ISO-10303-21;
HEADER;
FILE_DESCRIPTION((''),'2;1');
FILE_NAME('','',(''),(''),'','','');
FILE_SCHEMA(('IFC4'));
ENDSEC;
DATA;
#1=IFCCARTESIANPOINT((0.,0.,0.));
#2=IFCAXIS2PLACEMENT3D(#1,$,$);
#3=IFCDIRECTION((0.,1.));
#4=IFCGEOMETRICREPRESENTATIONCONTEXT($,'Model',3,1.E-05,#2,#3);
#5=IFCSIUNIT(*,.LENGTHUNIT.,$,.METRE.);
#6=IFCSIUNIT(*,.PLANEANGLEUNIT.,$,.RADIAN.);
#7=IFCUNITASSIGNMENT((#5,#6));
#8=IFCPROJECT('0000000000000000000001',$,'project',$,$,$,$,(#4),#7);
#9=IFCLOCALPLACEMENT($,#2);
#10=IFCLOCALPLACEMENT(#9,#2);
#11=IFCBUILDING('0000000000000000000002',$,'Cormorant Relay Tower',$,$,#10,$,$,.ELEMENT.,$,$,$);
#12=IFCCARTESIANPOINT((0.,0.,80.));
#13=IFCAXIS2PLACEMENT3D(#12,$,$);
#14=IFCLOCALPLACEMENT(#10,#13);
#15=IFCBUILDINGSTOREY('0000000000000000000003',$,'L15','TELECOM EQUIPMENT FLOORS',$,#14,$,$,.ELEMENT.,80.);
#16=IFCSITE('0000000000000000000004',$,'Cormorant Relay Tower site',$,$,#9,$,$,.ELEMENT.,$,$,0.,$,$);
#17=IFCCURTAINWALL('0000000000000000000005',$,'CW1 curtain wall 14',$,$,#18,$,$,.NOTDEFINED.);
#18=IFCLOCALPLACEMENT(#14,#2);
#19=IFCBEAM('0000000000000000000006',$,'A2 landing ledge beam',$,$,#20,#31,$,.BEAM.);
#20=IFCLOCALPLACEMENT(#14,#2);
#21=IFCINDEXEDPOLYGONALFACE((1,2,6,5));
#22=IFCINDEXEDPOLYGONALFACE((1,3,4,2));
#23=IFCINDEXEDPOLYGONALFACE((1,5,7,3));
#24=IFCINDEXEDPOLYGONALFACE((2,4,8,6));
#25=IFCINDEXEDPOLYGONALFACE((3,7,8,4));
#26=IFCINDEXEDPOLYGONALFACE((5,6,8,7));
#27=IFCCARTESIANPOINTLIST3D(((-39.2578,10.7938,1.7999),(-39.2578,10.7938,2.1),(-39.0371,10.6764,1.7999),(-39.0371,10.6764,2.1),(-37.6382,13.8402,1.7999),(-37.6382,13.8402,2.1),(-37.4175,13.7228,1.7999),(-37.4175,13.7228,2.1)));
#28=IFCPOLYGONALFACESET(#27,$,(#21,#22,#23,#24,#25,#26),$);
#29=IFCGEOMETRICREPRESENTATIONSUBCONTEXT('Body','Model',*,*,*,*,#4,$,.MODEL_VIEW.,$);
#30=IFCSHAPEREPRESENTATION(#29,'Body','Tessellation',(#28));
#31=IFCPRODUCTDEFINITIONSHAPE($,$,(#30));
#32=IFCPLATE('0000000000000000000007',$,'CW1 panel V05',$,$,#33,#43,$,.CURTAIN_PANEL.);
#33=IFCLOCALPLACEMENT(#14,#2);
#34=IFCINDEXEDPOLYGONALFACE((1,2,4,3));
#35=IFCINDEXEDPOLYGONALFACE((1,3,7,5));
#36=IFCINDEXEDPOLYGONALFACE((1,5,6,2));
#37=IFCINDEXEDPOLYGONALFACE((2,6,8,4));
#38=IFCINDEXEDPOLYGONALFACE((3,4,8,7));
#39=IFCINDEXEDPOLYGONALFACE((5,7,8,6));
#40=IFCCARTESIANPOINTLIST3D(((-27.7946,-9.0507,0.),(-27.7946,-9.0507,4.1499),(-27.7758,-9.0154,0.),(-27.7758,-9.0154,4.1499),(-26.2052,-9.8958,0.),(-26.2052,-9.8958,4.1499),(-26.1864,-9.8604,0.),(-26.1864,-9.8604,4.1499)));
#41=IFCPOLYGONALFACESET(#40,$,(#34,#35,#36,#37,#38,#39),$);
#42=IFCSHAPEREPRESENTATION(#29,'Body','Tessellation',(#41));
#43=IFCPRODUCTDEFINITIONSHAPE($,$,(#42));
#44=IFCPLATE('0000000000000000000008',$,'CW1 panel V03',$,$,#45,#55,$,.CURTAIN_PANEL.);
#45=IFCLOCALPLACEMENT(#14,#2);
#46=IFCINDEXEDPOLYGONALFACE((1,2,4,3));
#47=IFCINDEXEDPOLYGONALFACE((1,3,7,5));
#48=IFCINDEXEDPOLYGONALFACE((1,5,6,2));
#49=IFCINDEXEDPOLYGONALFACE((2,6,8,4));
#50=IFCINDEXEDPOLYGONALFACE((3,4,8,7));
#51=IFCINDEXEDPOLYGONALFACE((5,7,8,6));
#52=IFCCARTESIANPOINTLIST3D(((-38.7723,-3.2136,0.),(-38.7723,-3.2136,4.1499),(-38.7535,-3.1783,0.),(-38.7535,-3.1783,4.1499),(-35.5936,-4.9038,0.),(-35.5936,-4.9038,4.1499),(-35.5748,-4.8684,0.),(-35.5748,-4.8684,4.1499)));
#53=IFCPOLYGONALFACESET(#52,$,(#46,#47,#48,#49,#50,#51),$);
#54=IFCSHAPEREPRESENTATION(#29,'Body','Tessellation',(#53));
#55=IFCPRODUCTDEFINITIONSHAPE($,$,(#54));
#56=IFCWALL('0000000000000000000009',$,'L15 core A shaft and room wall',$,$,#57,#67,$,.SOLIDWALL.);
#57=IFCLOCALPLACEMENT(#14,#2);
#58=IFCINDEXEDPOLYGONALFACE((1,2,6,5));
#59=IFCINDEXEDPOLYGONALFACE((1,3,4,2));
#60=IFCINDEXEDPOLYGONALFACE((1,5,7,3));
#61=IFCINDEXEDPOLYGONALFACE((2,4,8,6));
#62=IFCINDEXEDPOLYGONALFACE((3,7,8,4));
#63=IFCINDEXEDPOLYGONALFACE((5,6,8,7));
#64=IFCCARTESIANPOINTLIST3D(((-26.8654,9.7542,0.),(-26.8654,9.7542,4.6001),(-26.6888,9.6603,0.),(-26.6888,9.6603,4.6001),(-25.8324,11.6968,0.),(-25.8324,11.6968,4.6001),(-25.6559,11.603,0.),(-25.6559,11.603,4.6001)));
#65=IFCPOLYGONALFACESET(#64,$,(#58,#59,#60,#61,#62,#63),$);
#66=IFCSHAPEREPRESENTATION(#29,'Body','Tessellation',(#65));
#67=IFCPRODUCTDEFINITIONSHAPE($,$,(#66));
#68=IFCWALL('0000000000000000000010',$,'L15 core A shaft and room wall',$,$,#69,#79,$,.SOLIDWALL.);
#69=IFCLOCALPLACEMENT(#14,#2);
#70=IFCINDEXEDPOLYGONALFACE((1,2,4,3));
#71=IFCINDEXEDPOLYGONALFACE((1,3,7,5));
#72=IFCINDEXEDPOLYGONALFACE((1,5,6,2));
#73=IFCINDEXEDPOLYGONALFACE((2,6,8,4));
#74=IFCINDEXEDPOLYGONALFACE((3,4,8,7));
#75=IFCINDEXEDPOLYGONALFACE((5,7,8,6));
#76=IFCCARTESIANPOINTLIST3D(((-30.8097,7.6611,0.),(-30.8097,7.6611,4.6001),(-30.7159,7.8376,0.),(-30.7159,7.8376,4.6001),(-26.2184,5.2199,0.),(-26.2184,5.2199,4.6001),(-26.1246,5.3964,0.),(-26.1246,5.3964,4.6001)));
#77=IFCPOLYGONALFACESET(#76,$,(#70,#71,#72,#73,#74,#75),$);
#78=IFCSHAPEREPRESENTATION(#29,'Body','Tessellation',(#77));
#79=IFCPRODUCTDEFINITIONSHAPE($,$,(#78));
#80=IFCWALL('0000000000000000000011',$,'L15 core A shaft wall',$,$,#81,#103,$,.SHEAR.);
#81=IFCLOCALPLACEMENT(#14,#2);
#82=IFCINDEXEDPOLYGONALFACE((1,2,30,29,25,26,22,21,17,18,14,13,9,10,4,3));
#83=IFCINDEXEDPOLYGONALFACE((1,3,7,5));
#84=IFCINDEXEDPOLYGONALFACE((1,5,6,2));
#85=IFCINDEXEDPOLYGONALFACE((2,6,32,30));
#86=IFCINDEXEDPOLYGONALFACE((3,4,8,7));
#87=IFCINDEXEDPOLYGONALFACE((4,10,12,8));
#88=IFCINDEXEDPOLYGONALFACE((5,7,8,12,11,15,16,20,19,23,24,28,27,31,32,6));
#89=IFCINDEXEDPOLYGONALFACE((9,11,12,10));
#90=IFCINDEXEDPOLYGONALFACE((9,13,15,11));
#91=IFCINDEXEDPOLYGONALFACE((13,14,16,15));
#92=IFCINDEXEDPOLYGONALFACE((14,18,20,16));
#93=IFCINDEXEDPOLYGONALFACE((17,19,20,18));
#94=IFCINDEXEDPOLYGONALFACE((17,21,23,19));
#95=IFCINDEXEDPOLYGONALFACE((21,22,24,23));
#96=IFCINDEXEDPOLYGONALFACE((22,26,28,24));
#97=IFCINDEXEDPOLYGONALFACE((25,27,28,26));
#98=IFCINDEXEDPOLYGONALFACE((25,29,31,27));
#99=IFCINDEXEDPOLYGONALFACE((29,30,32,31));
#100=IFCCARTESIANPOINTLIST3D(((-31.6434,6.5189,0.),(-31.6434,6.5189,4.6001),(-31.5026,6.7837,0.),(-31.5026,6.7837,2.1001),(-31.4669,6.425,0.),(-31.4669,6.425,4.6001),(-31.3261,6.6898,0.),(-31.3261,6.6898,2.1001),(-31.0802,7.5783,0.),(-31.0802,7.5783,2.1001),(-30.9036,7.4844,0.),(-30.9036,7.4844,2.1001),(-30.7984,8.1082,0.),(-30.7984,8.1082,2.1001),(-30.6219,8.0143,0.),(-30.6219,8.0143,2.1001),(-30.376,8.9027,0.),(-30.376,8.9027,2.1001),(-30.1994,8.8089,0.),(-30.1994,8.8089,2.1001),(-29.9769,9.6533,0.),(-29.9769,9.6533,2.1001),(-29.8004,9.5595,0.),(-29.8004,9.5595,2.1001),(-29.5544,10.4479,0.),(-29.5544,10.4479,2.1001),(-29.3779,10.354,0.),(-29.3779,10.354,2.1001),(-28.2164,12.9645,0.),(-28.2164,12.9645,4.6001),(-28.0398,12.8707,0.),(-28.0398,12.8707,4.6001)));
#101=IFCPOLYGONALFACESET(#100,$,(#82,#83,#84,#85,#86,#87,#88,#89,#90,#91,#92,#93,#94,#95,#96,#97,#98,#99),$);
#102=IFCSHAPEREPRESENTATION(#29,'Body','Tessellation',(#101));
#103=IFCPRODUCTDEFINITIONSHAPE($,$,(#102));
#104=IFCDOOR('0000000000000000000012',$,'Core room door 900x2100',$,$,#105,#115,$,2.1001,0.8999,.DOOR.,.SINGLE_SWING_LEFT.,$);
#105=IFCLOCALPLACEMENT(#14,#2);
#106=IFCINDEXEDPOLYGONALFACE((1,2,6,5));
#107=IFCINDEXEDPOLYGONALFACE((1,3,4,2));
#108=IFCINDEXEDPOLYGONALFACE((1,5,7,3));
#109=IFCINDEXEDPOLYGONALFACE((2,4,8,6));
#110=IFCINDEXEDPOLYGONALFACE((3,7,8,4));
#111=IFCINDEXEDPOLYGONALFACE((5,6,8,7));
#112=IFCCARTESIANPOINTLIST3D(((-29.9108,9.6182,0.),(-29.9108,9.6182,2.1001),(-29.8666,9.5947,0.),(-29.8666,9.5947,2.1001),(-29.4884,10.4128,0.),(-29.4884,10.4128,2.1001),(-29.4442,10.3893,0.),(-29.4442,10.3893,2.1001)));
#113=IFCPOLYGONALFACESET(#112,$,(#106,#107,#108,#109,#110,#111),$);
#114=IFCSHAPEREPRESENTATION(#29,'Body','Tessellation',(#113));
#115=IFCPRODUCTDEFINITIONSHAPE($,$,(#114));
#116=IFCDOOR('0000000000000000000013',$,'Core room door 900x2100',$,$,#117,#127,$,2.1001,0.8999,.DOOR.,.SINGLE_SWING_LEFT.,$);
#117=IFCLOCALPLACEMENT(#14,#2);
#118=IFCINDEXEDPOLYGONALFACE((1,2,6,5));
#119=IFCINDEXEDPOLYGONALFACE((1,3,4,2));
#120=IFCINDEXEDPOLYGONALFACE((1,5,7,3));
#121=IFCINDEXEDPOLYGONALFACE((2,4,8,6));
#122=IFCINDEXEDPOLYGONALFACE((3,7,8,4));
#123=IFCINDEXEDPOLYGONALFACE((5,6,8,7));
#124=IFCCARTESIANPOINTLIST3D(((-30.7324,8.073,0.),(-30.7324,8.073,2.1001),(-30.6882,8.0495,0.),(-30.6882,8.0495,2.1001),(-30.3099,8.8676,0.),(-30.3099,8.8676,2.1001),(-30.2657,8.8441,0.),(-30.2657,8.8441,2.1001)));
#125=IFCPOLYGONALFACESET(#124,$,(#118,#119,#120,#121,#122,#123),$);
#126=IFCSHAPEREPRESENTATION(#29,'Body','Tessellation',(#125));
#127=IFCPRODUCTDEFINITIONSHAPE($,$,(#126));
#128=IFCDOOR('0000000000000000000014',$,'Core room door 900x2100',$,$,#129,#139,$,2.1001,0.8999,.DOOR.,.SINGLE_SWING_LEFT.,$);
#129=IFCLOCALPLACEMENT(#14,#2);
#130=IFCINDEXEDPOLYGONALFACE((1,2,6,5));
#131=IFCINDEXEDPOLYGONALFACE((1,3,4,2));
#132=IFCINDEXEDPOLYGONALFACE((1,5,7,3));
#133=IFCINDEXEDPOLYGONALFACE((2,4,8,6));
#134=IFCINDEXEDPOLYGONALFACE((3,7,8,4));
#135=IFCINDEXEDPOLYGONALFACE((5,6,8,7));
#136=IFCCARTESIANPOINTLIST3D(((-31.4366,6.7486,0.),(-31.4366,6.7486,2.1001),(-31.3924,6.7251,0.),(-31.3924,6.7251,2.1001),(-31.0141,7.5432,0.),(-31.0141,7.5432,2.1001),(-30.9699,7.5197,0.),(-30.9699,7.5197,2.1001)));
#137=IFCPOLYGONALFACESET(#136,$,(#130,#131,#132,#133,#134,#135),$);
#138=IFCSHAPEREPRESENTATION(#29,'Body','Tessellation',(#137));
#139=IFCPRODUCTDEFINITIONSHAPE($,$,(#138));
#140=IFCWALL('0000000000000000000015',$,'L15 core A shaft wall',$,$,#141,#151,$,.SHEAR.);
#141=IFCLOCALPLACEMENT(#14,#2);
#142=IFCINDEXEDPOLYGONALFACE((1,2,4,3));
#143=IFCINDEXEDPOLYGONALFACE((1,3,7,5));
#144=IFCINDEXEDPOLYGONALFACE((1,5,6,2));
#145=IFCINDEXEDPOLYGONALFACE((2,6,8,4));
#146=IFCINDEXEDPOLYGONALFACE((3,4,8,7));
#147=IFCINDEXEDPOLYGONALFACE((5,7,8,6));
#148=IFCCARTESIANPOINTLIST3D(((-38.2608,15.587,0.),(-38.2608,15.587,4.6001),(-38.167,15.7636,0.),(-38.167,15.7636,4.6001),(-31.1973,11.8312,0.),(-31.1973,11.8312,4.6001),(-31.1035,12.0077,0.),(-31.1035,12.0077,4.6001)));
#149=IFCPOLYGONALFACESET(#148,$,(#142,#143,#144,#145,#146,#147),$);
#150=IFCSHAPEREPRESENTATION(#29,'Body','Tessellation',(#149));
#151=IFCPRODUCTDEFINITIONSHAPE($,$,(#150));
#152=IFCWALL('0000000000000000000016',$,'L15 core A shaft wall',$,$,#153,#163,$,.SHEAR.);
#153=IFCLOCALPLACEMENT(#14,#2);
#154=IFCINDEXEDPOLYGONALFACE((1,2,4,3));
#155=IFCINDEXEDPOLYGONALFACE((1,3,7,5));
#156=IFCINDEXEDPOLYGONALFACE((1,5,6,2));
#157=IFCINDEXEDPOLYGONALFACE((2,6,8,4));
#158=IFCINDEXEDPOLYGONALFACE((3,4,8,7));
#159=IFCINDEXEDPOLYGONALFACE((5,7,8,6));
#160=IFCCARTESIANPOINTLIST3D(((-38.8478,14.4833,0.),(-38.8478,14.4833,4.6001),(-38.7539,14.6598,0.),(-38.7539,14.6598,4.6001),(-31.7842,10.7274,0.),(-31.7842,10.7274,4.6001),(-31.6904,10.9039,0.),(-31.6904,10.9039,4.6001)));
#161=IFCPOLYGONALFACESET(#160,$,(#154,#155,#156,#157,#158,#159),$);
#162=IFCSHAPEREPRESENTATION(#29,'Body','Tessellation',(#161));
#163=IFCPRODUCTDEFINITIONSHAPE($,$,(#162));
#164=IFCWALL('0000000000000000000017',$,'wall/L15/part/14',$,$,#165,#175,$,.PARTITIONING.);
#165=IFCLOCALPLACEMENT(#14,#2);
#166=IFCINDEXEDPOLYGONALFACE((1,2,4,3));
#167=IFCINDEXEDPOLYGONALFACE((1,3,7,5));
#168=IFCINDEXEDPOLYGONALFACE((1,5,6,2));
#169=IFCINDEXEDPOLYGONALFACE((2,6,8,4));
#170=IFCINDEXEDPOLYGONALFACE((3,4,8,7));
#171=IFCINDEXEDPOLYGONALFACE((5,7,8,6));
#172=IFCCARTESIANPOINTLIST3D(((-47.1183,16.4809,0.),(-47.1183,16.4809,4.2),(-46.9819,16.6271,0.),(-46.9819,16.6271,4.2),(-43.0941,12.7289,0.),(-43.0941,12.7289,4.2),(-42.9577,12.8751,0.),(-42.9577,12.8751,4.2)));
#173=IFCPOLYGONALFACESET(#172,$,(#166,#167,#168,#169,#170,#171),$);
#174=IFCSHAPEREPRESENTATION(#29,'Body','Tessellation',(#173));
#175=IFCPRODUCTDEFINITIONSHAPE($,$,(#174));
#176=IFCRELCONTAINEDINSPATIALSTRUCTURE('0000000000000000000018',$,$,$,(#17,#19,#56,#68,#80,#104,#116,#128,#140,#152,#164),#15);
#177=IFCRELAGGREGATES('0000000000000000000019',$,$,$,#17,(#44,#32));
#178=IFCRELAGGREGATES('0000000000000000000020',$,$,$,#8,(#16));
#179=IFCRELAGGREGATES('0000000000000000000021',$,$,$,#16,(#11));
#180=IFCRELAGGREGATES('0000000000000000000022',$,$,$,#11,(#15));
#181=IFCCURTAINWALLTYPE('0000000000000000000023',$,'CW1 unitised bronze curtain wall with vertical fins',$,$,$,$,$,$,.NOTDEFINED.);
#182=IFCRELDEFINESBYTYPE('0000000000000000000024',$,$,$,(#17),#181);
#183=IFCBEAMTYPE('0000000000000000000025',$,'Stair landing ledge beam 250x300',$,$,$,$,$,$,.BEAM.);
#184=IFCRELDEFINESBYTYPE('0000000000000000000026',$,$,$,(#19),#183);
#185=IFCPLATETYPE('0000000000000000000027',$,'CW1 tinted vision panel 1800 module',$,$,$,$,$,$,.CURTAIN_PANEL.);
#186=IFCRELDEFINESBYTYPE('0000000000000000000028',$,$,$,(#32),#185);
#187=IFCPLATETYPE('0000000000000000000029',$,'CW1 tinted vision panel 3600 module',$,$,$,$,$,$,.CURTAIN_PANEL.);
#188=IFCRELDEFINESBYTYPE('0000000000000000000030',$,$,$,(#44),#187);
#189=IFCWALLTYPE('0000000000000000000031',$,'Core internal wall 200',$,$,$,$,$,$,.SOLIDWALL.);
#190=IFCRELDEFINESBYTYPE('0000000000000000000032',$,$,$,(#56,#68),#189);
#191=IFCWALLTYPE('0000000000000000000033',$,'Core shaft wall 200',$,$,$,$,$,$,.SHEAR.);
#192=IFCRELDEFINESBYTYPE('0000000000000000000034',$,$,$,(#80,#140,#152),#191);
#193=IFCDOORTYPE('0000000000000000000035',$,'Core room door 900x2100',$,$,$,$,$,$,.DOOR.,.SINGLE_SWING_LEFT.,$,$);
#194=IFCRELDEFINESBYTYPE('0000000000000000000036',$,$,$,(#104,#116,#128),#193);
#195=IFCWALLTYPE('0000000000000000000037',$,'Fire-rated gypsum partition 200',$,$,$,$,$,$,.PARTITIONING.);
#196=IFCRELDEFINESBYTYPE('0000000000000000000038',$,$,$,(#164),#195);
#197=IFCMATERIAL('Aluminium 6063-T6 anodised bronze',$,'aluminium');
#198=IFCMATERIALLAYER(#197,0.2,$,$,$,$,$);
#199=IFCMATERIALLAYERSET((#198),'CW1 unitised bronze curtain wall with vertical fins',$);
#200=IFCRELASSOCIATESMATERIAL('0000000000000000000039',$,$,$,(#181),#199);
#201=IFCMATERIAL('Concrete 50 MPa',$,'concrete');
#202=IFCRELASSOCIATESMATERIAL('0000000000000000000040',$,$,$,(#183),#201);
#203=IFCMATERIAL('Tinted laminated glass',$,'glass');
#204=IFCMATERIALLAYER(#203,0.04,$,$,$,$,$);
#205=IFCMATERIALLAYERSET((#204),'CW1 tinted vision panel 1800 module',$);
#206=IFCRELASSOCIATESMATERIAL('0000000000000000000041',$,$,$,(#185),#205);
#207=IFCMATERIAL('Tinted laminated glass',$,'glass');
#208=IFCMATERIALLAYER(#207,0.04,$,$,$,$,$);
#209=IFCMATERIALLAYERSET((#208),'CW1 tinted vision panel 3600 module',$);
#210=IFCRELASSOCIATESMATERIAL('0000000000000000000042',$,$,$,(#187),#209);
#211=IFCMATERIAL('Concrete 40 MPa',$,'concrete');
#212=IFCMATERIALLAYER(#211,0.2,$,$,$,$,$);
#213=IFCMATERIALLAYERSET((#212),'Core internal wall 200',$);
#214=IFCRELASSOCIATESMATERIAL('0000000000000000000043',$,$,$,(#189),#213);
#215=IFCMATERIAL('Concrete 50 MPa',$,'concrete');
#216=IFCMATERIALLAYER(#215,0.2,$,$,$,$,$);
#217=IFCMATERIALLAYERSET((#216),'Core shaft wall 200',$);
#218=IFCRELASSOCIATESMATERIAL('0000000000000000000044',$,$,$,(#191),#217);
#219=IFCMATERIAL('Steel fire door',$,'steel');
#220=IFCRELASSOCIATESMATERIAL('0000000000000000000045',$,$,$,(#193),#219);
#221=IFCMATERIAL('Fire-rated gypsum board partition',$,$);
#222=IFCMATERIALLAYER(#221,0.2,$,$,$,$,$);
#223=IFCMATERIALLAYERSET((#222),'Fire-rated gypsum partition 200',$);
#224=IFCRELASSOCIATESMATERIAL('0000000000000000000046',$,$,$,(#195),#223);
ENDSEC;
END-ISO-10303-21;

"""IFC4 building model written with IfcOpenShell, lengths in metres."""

from ifc_helpers import new_model, si_unit, direction, frame, frame_2d, origin, origin_2d, place, context, subcontext, project, spatial, rectangle, extrude, material, layer, layer_set, material_profile, profile_set, type_object, element, fill, aggregate, save


model = new_model("IFC4")

# Units and contexts
model_context = context("Model", 3, precision=1e-05, world=origin(), true_north=direction((0.0, 1.0)))
body_context = subcontext(model_context, "Body", "Model", "MODEL_VIEW")
ifc_project = project(units=[si_unit("LENGTHUNIT", "METRE"), si_unit("PLANEANGLEUNIT", "RADIAN")], contexts=[model_context])

# Site, building, storey
site_placement = place(None, origin())
site = spatial("IfcSite", under=ifc_project, at=site_placement, Name="Cormorant Relay Tower site", CompositionType="ELEMENT", RefElevation=0.0)
building_placement = place(site_placement, origin())
building = spatial("IfcBuilding", under=site, at=building_placement, Name="Cormorant Relay Tower", CompositionType="ELEMENT")
storey_placement = place(building_placement, frame((0.0, 0.0, 80.0)))
storey = spatial("IfcBuildingStorey", under=building, at=storey_placement, Name="L15", Description="TELECOM EQUIPMENT FLOORS", CompositionType="ELEMENT", Elevation=80.0)

# Curtain wall
ifc_material_1 = material(Name="Aluminium 6063-T6 anodised bronze", Category="aluminium")
ifc_layer_1 = layer(ifc_material_1, 0.2)
ifc_layer_set_1 = layer_set([ifc_layer_1], Name="CW1 unitised bronze curtain wall with vertical fins")
curtain_wall_type = type_object("IfcCurtainWallType", Name="CW1 unitised bronze curtain wall with vertical fins", PredefinedType="NOTDEFINED", material=ifc_layer_set_1)
curtain_wall_placement = place(storey_placement, origin())
curtain_wall = element("IfcCurtainWall", 1, at=curtain_wall_placement, inside=storey, type_object=curtain_wall_type, Name="CW1 curtain wall 14", PredefinedType="NOTDEFINED")

# Beam
ifc_material_2 = material(Name="Concrete 50 MPa", Category="concrete")
ifc_material_profile_1 = material_profile(ifc_material_2, rectangle(XDim=0.25, YDim=0.3, at=origin_2d()), Name="RC 250x300")
ifc_profile_set_1 = profile_set([ifc_material_profile_1], Name="Concrete 50 MPa")
beam_type_1 = type_object("IfcBeamType", Name="Stair landing ledge beam 250x300", PredefinedType="BEAM", material=ifc_profile_set_1)
beam_1_placement = place(storey_placement, frame((-37.5278, 13.7815, 1.95), z_axis=(-0.469435, -0.882967, 0.0), x_axis=(0.882967, -0.469435, 0.0)))
element("IfcBeam", 2, at=beam_1_placement, inside=storey, type_object=beam_type_1, Name="A2 landing ledge beam", PredefinedType="BEAM", context=body_context, shape_type="SweptSolid", body=[
    extrude(rectangle(XDim=0.25, YDim=0.3, at=origin_2d()), origin(), (0.0, 0.0, 1.0), 3.4502),
])

# Plates
ifc_material_3 = material(Name="Tinted laminated glass", Category="glass")
ifc_layer_2 = layer(ifc_material_3, 0.04)
ifc_layer_set_2 = layer_set([ifc_layer_2], Name="CW1 tinted vision panel 1800 module")
plate_type_1 = type_object("IfcPlateType", Name="CW1 tinted vision panel 1800 module", PredefinedType="CURTAIN_PANEL", material=ifc_layer_set_2)
plate_1_placement = place(storey_placement, frame((-26.9905, -9.4556, 0.0), z_axis=(0.0, 0.0, 1.0), x_axis=(0.882948, -0.469472, 0.0)))
plate_1 = element("IfcPlate", 3, at=plate_1_placement, type_object=plate_type_1, Name="CW1 panel V05", PredefinedType="CURTAIN_PANEL", context=body_context, shape_type="SweptSolid", body=[
    extrude(rectangle(XDim=1.8, YDim=0.04, at=origin_2d()), origin(), (0.0, 0.0, 1.0), 4.1499),
])
ifc_material_4 = material(Name="Tinted laminated glass", Category="glass")
ifc_layer_3 = layer(ifc_material_4, 0.04)
ifc_layer_set_3 = layer_set([ifc_layer_3], Name="CW1 tinted vision panel 3600 module")
plate_type_2 = type_object("IfcPlateType", Name="CW1 tinted vision panel 3600 module", PredefinedType="CURTAIN_PANEL", material=ifc_layer_set_3)
plate_2_placement = place(storey_placement, frame((-37.1736, -4.041, 0.0), z_axis=(0.0, 0.0, 1.0), x_axis=(0.882948, -0.469472, 0.0)))
plate_2 = element("IfcPlate", 4, at=plate_2_placement, type_object=plate_type_2, Name="CW1 panel V03", PredefinedType="CURTAIN_PANEL", context=body_context, shape_type="SweptSolid", body=[
    extrude(rectangle(XDim=3.6001, YDim=0.04, at=origin_2d()), origin(), (0.0, 0.0, 1.0), 4.1499),
])

# Walls
ifc_material_5 = material(Name="Concrete 40 MPa", Category="concrete")
ifc_layer_4 = layer(ifc_material_5, 0.2)
ifc_layer_set_4 = layer_set([ifc_layer_4], Name="Core internal wall 200")
wall_type_1 = type_object("IfcWallType", Name="Core internal wall 200", PredefinedType="SOLIDWALL", material=ifc_layer_set_4)
wall_1_placement = place(storey_placement, frame((-25.7441, 11.6499, 0.0), z_axis=(0.0, 0.0, 1.0), x_axis=(-0.469488, -0.882939, 0.0)))
element("IfcWall", 5, at=wall_1_placement, inside=storey, type_object=wall_type_1, Name="L15 core A shaft and room wall", PredefinedType="SOLIDWALL", context=body_context, shape_type="SweptSolid", body=[
    extrude(rectangle(XDim=2.2002, YDim=0.2, at=frame_2d((1.1001, 0.0))), origin(), (0.0, 0.0, 1.0), 4.6001),
])
wall_2_placement = place(storey_placement, frame((-26.1714, 5.3081, 0.0), z_axis=(0.0, 0.0, 1.0), x_axis=(-0.882954, 0.46946, 0.0)))
element("IfcWall", 6, at=wall_2_placement, inside=storey, type_object=wall_type_1, Name="L15 core A shaft and room wall", PredefinedType="SOLIDWALL", context=body_context, shape_type="SweptSolid", body=[
    extrude(rectangle(XDim=5.2, YDim=0.2, at=frame_2d((2.6001, 0.0))), origin(), (0.0, 0.0, 1.0), 4.6001),
])

# Wall, openings, doors
ifc_material_6 = material(Name="Concrete 50 MPa", Category="concrete")
ifc_layer_5 = layer(ifc_material_6, 0.2)
ifc_layer_set_5 = layer_set([ifc_layer_5], Name="Core shaft wall 200")
wall_type_2 = type_object("IfcWallType", Name="Core shaft wall 200", PredefinedType="SHEAR", material=ifc_layer_set_5)
wall_3_placement = place(storey_placement, frame((-28.1282, 12.9175, 0.0), z_axis=(0.0, 0.0, 1.0), x_axis=(-0.469454, -0.882957, 0.0)))
wall_3 = element("IfcWall", 7, at=wall_3_placement, inside=storey, type_object=wall_type_2, Name="L15 core A shaft wall", PredefinedType="SHEAR", context=body_context, shape_type="SweptSolid", body=[
    extrude(rectangle(XDim=7.3, YDim=0.2, at=frame_2d((3.6499, 0.0))), origin(), (0.0, 0.0, 1.0), 4.6001),
])
opening_1_placement = place(wall_3_placement, frame((2.8501, 0.0, 0.0)))
opening_1 = element("IfcOpeningElement", 8, at=opening_1_placement, cuts=wall_3, PredefinedType="OPENING", context=body_context, shape_type="SweptSolid", body=[
    extrude(rectangle(XDim=0.8999, YDim=2.1001, at=frame_2d((0.45, 1.05))), frame((0.0, 0.1099, 0.0), z_axis=(0.0, -1.0, 0.0), x_axis=(1.0, 0.0, 0.0)), (0.0, 0.0, 1.0), 0.22),
])
opening_2_placement = place(wall_3_placement, frame((4.6001, 0.0, 0.0)))
opening_2 = element("IfcOpeningElement", 9, at=opening_2_placement, cuts=wall_3, PredefinedType="OPENING", context=body_context, shape_type="SweptSolid", body=[
    extrude(rectangle(XDim=0.8999, YDim=2.1001, at=frame_2d((0.45, 1.05))), frame((0.0, 0.1099, 0.0), z_axis=(0.0, -1.0, 0.0), x_axis=(1.0, 0.0, 0.0)), (0.0, 0.0, 1.0), 0.22),
])
opening_3_placement = place(wall_3_placement, frame((6.1001, 0.0, 0.0)))
opening_3 = element("IfcOpeningElement", 10, at=opening_3_placement, cuts=wall_3, PredefinedType="OPENING", context=body_context, shape_type="SweptSolid", body=[
    extrude(rectangle(XDim=0.8999, YDim=2.1001, at=frame_2d((0.45, 1.05))), frame((0.0, 0.1099, 0.0), z_axis=(0.0, -1.0, 0.0), x_axis=(1.0, 0.0, 0.0)), (0.0, 0.0, 1.0), 0.22),
])
ifc_material_7 = material(Name="Steel fire door", Category="steel")
door_type = type_object("IfcDoorType", Name="Core room door 900x2100", OperationType="SINGLE_SWING_LEFT", PredefinedType="DOOR", material=ifc_material_7)
door_1_placement = place(opening_1_placement, origin())
door_1 = element("IfcDoor", 11, at=door_1_placement, inside=storey, type_object=door_type, Name="Core room door 900x2100", OperationType="SINGLE_SWING_LEFT", OverallHeight=2.1001, OverallWidth=0.8999, PredefinedType="DOOR", context=body_context, shape_type="SweptSolid", body=[
    extrude(rectangle(XDim=0.8999, YDim=2.1001, at=frame_2d((0.45, 1.05))), frame((0.0, 0.0249, 0.0), z_axis=(0.0, -1.0, 0.0), x_axis=(1.0, 0.0, 0.0)), (0.0, 0.0, 1.0), 0.05),
])
fill(opening_1, door_1)
door_2_placement = place(opening_2_placement, origin())
door_2 = element("IfcDoor", 12, at=door_2_placement, inside=storey, type_object=door_type, Name="Core room door 900x2100", OperationType="SINGLE_SWING_LEFT", OverallHeight=2.1001, OverallWidth=0.8999, PredefinedType="DOOR", context=body_context, shape_type="SweptSolid", body=[
    extrude(rectangle(XDim=0.8999, YDim=2.1001, at=frame_2d((0.45, 1.05))), frame((0.0, 0.0249, 0.0), z_axis=(0.0, -1.0, 0.0), x_axis=(1.0, 0.0, 0.0)), (0.0, 0.0, 1.0), 0.05),
])
fill(opening_2, door_2)
door_3_placement = place(opening_3_placement, origin())
door_3 = element("IfcDoor", 13, at=door_3_placement, inside=storey, type_object=door_type, Name="Core room door 900x2100", OperationType="SINGLE_SWING_LEFT", OverallHeight=2.1001, OverallWidth=0.8999, PredefinedType="DOOR", context=body_context, shape_type="SweptSolid", body=[
    extrude(rectangle(XDim=0.8999, YDim=2.1001, at=frame_2d((0.45, 1.05))), frame((0.0, 0.0249, 0.0), z_axis=(0.0, -1.0, 0.0), x_axis=(1.0, 0.0, 0.0)), (0.0, 0.0, 1.0), 0.05),
])
fill(opening_3, door_3)

# Walls
for number, where, z_axis, x_axis, name in (
    (14, (-31.1504, 11.9194, 0.0), (0.0, 0.0, 1.0), (-0.88294, 0.469485, 0.0), "L15 core A shaft wall"),
    (15, (-31.7373, 10.8157, 0.0), (0.0, 0.0, 1.0), (-0.88294, 0.469485, 0.0), "L15 core A shaft wall"),
):
    element("IfcWall", number, at=place(storey_placement, frame(where, z_axis=z_axis, x_axis=x_axis)), inside=storey, type_object=wall_type_2, Name=name, PredefinedType="SHEAR", context=body_context, shape_type="SweptSolid", body=[
        extrude(rectangle(XDim=8.0, YDim=0.2, at=frame_2d((4.0, 0.0))), origin(), (0.0, 0.0, 1.0), 4.6001),
    ])
ifc_material_8 = material(Name="Fire-rated gypsum board partition")
ifc_layer_6 = layer(ifc_material_8, 0.2)
ifc_layer_set_6 = layer_set([ifc_layer_6], Name="Fire-rated gypsum partition 200")
wall_type_3 = type_object("IfcWallType", Name="Fire-rated gypsum partition 200", PredefinedType="PARTITIONING", material=ifc_layer_set_6)
wall_4_placement = place(storey_placement, frame((-43.0259, 12.802, 0.0), z_axis=(0.0, 0.0, 1.0), x_axis=(-0.731412, 0.681936, 0.0)))
element("IfcWall", 16, at=wall_4_placement, inside=storey, type_object=wall_type_3, Name="wall/L15/part/14", PredefinedType="PARTITIONING", context=body_context, shape_type="SweptSolid", body=[
    extrude(rectangle(XDim=5.502, YDim=0.2, at=frame_2d((2.751, 0.0))), origin(), (0.0, 0.0, 1.0), 4.2),
])

aggregate(curtain_wall, [plate_2, plate_1])

save(model, "model.ifc")
